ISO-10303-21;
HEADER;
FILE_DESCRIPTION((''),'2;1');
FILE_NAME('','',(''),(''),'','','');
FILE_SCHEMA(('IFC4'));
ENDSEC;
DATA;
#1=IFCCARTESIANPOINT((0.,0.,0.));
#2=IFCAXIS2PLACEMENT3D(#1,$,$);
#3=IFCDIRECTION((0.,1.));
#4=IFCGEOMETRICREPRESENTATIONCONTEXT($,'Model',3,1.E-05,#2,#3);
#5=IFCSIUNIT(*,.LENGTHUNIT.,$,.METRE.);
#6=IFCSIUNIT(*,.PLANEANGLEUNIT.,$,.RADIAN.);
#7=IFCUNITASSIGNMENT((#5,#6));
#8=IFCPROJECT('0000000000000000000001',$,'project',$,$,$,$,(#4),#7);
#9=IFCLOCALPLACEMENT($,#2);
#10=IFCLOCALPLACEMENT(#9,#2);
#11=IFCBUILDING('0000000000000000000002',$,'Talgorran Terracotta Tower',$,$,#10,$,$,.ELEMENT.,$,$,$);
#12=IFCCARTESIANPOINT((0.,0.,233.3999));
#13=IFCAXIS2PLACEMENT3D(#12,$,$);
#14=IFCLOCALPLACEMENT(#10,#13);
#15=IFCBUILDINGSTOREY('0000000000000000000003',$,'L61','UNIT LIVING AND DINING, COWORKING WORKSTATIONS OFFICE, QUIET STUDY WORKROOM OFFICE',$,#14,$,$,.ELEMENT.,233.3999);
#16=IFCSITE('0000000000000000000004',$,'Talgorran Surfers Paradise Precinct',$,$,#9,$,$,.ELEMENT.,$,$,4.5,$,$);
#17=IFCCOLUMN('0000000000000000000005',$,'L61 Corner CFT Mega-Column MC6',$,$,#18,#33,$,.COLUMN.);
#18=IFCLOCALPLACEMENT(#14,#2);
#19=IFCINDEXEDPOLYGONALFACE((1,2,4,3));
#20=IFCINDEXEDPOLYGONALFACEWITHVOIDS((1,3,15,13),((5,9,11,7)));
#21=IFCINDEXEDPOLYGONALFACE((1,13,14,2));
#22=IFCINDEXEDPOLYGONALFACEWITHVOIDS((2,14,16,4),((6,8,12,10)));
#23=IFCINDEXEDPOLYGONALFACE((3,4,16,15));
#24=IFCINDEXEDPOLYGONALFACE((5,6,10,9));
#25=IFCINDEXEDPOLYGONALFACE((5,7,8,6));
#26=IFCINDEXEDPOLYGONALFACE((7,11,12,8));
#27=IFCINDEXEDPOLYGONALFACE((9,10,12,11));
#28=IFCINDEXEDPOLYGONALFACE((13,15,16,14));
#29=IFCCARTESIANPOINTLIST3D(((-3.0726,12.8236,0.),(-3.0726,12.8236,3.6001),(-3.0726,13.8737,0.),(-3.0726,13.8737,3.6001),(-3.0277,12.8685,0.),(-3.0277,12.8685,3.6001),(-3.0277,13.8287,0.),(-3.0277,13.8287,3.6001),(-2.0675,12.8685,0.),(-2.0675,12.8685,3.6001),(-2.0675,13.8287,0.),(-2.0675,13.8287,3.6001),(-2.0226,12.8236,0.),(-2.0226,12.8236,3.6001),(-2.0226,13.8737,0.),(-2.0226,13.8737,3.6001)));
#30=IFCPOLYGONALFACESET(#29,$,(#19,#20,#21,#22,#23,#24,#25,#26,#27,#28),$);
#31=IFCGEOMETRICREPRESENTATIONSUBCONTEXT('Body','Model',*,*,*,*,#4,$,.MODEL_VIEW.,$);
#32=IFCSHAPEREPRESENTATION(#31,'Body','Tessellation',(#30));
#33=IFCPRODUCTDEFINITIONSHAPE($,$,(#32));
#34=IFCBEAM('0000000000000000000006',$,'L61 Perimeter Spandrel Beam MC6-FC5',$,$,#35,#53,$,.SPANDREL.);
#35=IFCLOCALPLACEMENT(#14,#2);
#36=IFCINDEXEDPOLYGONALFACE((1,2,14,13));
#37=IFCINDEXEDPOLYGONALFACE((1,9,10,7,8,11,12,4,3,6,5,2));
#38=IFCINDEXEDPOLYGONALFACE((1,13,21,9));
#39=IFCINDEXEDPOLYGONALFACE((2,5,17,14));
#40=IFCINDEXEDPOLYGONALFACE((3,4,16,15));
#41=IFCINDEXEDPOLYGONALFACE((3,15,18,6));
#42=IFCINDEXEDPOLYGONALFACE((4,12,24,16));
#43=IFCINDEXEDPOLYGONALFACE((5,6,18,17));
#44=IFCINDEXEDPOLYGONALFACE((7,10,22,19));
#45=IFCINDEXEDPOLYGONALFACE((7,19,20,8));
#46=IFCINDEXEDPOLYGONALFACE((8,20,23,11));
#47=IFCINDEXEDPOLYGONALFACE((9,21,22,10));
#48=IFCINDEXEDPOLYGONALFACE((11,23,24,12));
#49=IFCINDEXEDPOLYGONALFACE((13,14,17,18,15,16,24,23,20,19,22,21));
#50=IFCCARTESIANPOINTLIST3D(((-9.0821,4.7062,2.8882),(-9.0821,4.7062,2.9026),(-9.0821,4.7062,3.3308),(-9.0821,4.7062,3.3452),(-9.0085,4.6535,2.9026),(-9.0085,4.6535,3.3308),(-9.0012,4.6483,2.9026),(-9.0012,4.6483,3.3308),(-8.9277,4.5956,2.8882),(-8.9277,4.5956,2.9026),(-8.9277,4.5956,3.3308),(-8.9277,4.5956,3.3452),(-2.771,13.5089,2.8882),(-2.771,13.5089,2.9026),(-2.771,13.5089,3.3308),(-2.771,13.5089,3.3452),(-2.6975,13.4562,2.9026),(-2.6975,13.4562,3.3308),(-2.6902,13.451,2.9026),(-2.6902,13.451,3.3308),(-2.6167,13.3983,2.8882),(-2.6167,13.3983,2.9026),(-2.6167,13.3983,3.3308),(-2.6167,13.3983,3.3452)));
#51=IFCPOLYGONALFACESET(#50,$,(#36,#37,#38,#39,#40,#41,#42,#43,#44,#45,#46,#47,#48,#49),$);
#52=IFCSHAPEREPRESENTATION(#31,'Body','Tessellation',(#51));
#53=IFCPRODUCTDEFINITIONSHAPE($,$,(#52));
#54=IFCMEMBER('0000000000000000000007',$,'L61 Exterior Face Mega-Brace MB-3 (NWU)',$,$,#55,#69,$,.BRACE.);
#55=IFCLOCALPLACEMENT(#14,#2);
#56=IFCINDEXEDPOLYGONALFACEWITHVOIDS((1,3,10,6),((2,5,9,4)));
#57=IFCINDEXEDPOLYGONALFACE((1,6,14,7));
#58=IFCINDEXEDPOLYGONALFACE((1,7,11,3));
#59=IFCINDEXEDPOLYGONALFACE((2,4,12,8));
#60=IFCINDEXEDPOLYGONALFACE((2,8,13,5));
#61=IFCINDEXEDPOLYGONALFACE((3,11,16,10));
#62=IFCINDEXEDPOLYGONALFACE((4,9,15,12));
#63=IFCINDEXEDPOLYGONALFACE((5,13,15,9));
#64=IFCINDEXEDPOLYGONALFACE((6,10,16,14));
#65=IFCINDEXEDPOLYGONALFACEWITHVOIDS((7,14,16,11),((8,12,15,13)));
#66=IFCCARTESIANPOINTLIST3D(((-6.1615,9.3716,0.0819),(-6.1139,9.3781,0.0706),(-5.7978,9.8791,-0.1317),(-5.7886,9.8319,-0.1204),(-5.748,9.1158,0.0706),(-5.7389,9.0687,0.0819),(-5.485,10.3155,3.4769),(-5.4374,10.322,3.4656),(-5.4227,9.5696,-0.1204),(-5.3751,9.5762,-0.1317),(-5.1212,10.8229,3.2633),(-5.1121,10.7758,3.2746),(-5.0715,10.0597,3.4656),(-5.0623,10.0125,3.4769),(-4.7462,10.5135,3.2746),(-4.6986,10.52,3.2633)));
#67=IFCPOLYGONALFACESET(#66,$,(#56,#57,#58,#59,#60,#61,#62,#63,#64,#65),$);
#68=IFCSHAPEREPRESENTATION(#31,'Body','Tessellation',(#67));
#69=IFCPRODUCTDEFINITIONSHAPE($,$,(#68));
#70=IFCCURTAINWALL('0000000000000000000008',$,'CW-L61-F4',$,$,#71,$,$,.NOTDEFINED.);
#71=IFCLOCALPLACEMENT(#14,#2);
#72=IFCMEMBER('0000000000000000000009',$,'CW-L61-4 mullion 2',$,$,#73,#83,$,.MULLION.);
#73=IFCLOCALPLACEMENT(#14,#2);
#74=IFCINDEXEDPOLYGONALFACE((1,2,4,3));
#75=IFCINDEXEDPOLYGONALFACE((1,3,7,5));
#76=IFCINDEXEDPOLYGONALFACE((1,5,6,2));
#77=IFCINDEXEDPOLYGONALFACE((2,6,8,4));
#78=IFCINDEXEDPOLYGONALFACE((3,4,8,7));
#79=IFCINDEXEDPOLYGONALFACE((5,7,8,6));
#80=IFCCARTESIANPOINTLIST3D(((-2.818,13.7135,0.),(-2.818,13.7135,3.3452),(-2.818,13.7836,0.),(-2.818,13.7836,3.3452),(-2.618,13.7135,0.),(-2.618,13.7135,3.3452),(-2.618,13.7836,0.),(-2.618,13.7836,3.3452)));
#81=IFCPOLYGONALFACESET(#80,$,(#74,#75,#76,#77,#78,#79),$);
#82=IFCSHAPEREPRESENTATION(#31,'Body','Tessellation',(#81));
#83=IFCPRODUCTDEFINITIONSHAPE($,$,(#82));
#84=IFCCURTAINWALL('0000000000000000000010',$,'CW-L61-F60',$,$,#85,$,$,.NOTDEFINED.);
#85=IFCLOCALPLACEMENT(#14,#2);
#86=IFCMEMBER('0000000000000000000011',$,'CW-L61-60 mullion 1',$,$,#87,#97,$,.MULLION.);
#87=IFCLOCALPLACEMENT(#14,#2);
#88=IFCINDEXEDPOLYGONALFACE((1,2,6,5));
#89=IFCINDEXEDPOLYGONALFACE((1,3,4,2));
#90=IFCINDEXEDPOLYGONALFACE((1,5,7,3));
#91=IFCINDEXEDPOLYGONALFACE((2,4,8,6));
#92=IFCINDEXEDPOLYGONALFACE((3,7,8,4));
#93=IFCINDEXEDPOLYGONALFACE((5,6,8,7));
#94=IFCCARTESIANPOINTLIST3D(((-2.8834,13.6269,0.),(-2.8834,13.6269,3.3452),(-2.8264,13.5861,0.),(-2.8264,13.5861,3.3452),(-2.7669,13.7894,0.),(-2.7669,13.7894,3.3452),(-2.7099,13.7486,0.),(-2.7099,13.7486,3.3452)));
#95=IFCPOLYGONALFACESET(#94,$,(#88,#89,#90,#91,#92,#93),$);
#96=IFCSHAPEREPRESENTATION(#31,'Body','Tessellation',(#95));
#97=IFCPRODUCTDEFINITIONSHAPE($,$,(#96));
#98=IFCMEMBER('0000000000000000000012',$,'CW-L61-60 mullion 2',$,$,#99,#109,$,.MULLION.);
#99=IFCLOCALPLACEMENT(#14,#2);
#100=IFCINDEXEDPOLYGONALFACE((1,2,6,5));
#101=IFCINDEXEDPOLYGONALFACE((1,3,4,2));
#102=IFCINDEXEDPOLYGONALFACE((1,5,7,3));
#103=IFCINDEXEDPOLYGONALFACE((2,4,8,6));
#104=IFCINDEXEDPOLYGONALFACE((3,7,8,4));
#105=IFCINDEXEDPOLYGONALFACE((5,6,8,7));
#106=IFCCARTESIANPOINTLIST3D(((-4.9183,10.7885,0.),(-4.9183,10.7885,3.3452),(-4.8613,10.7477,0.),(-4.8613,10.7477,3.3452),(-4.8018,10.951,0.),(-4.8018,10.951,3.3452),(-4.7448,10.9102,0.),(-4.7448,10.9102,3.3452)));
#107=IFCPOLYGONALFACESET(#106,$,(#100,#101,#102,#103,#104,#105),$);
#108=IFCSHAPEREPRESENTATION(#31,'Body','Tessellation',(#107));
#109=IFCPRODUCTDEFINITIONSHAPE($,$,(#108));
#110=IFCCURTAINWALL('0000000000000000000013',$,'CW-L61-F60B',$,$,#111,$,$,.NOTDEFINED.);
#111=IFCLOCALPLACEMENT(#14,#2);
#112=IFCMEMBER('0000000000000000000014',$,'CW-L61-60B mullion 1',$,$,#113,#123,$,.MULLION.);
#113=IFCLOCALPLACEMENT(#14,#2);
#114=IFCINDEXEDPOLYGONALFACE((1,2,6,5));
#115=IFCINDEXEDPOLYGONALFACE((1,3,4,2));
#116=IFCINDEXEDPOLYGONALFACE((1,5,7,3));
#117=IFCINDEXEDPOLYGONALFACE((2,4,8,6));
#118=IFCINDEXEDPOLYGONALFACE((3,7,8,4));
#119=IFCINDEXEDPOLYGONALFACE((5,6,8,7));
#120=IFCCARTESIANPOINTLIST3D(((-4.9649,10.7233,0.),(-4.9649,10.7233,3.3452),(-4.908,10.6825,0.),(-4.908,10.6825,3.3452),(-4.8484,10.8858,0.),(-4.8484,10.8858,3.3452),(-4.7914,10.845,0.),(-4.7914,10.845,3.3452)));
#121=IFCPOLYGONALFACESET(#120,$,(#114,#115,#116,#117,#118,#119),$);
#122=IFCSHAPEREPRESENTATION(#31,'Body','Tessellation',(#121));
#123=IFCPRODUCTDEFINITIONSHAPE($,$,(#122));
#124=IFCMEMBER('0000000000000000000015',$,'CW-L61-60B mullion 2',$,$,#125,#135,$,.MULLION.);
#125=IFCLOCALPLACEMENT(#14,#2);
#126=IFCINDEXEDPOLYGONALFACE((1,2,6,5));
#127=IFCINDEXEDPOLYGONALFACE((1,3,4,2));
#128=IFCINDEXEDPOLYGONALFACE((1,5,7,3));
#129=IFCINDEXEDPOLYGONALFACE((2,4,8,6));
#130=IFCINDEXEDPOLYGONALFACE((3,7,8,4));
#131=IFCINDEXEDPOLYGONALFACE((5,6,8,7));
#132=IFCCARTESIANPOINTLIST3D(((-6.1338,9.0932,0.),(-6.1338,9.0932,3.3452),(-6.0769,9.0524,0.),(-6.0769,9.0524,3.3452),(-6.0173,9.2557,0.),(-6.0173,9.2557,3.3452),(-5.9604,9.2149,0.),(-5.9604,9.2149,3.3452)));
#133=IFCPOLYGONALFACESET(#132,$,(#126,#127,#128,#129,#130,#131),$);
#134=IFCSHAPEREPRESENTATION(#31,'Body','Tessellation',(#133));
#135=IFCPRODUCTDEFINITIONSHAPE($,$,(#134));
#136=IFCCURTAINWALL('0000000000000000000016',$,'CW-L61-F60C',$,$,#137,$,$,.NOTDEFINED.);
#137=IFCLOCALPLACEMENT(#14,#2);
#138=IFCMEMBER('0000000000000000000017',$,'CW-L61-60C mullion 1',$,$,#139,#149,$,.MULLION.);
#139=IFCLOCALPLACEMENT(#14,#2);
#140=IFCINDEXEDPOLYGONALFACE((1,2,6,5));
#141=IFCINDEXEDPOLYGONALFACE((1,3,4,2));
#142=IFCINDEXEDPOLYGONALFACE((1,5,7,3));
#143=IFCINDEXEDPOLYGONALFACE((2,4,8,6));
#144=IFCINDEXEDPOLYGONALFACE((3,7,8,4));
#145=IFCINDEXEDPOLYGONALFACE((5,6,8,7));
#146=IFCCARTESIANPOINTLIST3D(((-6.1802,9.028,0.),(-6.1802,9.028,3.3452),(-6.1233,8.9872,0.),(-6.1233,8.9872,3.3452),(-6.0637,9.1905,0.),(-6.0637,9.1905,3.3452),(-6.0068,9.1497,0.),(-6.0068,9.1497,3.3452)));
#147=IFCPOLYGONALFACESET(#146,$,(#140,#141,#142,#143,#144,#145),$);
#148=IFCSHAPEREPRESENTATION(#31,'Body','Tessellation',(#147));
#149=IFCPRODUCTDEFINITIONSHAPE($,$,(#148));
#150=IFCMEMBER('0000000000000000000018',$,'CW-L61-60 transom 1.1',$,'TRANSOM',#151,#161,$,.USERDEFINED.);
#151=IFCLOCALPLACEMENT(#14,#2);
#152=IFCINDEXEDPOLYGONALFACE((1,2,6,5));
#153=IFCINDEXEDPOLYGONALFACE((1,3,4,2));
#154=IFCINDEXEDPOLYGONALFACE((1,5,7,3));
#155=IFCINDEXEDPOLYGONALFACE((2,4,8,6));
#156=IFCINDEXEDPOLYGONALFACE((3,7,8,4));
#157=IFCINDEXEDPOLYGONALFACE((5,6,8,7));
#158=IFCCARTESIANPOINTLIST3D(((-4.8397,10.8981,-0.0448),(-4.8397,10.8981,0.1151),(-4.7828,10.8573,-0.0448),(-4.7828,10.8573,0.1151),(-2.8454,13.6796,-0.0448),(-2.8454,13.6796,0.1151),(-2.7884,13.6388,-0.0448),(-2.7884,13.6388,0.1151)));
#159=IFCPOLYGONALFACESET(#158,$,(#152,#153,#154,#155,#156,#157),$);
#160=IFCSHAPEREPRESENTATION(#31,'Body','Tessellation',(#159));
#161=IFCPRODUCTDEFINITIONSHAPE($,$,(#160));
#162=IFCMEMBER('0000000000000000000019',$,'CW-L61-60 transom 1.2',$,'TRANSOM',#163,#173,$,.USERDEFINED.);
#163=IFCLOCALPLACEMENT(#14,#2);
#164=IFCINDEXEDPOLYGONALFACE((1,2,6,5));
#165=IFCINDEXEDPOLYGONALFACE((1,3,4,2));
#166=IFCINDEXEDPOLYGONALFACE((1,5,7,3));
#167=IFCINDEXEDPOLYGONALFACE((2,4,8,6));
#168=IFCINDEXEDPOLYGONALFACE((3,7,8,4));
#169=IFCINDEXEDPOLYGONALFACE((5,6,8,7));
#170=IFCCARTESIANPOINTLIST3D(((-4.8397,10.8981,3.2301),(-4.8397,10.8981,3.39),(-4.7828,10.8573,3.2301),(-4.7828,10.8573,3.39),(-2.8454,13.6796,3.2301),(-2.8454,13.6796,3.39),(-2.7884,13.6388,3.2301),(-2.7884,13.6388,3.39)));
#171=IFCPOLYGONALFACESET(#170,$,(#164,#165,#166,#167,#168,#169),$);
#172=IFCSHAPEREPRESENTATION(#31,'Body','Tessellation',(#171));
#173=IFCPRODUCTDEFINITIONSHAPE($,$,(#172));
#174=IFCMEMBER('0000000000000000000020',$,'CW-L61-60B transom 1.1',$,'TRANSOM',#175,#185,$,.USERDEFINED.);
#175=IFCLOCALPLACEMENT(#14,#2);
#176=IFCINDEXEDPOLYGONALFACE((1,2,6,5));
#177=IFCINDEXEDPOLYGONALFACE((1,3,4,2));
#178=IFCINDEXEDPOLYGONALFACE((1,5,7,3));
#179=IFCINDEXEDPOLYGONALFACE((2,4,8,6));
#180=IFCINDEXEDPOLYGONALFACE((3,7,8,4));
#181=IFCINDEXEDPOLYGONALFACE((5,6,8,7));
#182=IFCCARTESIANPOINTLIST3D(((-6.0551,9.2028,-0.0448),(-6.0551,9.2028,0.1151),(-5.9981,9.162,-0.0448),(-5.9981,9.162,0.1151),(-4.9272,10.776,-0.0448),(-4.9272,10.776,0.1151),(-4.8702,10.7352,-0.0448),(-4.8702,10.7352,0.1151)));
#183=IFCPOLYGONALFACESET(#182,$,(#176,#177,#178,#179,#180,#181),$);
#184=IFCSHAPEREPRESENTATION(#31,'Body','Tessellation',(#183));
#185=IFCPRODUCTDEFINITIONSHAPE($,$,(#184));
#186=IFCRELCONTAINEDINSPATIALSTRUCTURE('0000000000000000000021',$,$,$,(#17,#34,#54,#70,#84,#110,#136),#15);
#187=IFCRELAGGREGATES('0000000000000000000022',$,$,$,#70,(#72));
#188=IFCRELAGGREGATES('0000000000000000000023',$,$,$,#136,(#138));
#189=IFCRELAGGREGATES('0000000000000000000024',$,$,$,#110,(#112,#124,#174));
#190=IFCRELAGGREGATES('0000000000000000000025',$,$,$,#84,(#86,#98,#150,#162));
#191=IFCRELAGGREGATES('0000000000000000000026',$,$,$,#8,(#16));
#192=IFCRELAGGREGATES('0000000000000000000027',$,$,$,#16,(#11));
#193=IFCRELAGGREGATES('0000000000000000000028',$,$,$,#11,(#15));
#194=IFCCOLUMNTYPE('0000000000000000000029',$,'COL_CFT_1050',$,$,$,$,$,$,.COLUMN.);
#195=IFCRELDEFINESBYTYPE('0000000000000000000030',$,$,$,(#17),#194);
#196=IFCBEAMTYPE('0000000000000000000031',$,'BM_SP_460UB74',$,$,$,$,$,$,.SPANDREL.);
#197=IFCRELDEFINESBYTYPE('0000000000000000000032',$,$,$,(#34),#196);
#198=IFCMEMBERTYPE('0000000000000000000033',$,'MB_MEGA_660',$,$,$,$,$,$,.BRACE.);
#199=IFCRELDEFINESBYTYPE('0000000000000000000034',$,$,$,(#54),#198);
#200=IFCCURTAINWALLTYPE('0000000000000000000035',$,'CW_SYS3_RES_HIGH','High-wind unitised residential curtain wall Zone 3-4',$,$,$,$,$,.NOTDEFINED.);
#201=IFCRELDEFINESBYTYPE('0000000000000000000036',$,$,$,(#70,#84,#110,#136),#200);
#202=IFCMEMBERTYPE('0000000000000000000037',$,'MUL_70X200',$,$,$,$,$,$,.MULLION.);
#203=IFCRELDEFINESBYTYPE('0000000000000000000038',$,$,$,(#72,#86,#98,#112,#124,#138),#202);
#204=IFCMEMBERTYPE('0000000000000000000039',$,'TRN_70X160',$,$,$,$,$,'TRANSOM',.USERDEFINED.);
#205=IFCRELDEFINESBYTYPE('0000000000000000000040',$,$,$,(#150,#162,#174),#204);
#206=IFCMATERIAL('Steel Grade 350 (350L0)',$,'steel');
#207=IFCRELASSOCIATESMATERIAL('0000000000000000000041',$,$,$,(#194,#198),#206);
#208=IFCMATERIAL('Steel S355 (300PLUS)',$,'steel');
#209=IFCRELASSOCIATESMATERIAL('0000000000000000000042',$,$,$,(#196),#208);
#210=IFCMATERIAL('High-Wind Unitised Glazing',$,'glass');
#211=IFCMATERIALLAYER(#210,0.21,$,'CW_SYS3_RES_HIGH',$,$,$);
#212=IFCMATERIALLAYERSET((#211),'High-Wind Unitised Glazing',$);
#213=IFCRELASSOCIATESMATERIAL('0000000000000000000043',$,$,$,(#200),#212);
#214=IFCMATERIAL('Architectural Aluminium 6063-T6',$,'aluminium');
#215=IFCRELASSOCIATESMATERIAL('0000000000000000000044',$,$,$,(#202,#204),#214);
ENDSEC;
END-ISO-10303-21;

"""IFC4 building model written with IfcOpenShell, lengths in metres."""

from ifc_helpers import new_model, si_unit, direction, frame, origin, origin_2d, place, context, subcontext, project, spatial, rectangle, hollow_rectangle, i_section, extrude, material, layer, layer_set, material_profile, profile_set, type_object, element, aggregate, save


model = new_model("IFC4")

# Units and contexts
model_context = context("Model", 3, precision=1e-05, world=origin(), true_north=direction((0.0, 1.0)))
body_context = subcontext(model_context, "Body", "Model", "MODEL_VIEW")
ifc_project = project(units=[si_unit("LENGTHUNIT", "METRE"), si_unit("PLANEANGLEUNIT", "RADIAN")], contexts=[model_context])

# Site, building, storey
site_placement = place(None, origin())
site = spatial("IfcSite", under=ifc_project, at=site_placement, Name="Talgorran Surfers Paradise Precinct", CompositionType="ELEMENT", RefElevation=4.5)
building_placement = place(site_placement, origin())
building = spatial("IfcBuilding", under=site, at=building_placement, Name="Talgorran Terracotta Tower", CompositionType="ELEMENT")
storey_placement = place(building_placement, frame((0.0, 0.0, 233.3999)))
storey = spatial("IfcBuildingStorey", under=building, at=storey_placement, Name="L61", Description="UNIT LIVING AND DINING, COWORKING WORKSTATIONS OFFICE, QUIET STUDY WORKROOM OFFICE", CompositionType="ELEMENT", Elevation=233.3999)

# Column
ifc_material_1 = material(Name="Steel Grade 350 (350L0)", Category="steel")
ifc_material_profile_1 = material_profile(ifc_material_1, hollow_rectangle(XDim=1.05, YDim=1.05, WallThickness=0.0449, at=origin_2d()), Name="CFT1050X1050X45")
ifc_profile_set_1 = profile_set([ifc_material_profile_1], Name="Steel Grade 350 (350L0)")
column_type = type_object("IfcColumnType", Name="COL_CFT_1050", PredefinedType="COLUMN", material=ifc_profile_set_1)
column_placement = place(storey_placement, frame((-2.5476, 13.3486, 0.0), z_axis=(0.0, 0.0, 1.0), x_axis=(1.0, 0.0, 0.0)))
element("IfcColumn", 1, at=column_placement, inside=storey, type_object=column_type, Name="L61 Corner CFT Mega-Column MC6", PredefinedType="COLUMN", context=body_context, shape_type="SweptSolid", body=[
    extrude(hollow_rectangle(XDim=1.05, YDim=1.05, WallThickness=0.0449, at=origin_2d()), origin(), (0.0, 0.0, 1.0), 3.6001),
])

# Beam
ifc_material_2 = material(Name="Steel S355 (300PLUS)", Category="steel")
ifc_material_profile_2 = material_profile(ifc_material_2, i_section(OverallWidth=0.1899, OverallDepth=0.457, WebThickness=0.009, FlangeThickness=0.0144, at=origin_2d()), Name="460UB74.6")
ifc_profile_set_2 = profile_set([ifc_material_profile_2], Name="Steel S355 (300PLUS)")
beam_type = type_object("IfcBeamType", Name="BM_SP_460UB74", PredefinedType="SPANDREL", material=ifc_profile_set_2)
beam_placement = place(storey_placement, frame((-2.6938, 13.4536, 3.1167), z_axis=(-0.582666, -0.812712, 0.0), x_axis=(0.812712, -0.582666, 0.0)))
element("IfcBeam", 2, at=beam_placement, inside=storey, type_object=beam_type, Name="L61 Perimeter Spandrel Beam MC6-FC5", PredefinedType="SPANDREL", context=body_context, shape_type="SweptSolid", body=[
    extrude(i_section(OverallWidth=0.1899, OverallDepth=0.457, WebThickness=0.009, FlangeThickness=0.0144, at=origin_2d()), origin(), (0.0, 0.0, 1.0), 10.8313),
])

# Member
ifc_material_profile_3 = material_profile(ifc_material_1, hollow_rectangle(XDim=0.52, YDim=0.6599, WallThickness=0.0349, at=origin_2d()), Name="WBOX660X520X35")
ifc_profile_set_3 = profile_set([ifc_material_profile_3], Name="Steel Grade 350 (350L0)")
member_type_1 = type_object("IfcMemberType", Name="MB_MEGA_660", PredefinedType="BRACE", material=ifc_profile_set_3)
member_1_placement = place(storey_placement, frame((-5.7683, 9.4739, -0.0249), z_axis=(0.188542, 0.263047, 0.946181), x_axis=(-0.812781, 0.58257, 0.0)))
element("IfcMember", 3, at=member_1_placement, inside=storey, type_object=member_type_1, Name="L61 Exterior Face Mega-Brace MB-3 (NWU)", PredefinedType="BRACE", context=body_context, shape_type="SweptSolid", body=[
    extrude(hollow_rectangle(XDim=0.52, YDim=0.6599, WallThickness=0.0349, at=origin_2d()), origin(), (0.0, 0.0, 1.0), 3.5881),
])

# Curtain wall, member
ifc_material_3 = material(Name="High-Wind Unitised Glazing", Category="glass")
ifc_layer_1 = layer(ifc_material_3, 0.21, Name="CW_SYS3_RES_HIGH")
ifc_layer_set_1 = layer_set([ifc_layer_1], Name="High-Wind Unitised Glazing")
curtain_wall_type = type_object("IfcCurtainWallType", Name="CW_SYS3_RES_HIGH", Description="High-wind unitised residential curtain wall Zone 3-4", PredefinedType="NOTDEFINED", material=ifc_layer_set_1)
curtain_wall_1_placement = place(storey_placement, origin())
curtain_wall_1 = element("IfcCurtainWall", 4, at=curtain_wall_1_placement, inside=storey, type_object=curtain_wall_type, Name="CW-L61-F4", PredefinedType="NOTDEFINED")
ifc_material_4 = material(Name="Architectural Aluminium 6063-T6", Category="aluminium")
ifc_material_profile_4 = material_profile(ifc_material_4, rectangle(XDim=0.0701, YDim=0.2, at=origin_2d()), Name="CWM70X200")
ifc_profile_set_4 = profile_set([ifc_material_profile_4], Name="Architectural Aluminium 6063-T6")
member_type_2 = type_object("IfcMemberType", Name="MUL_70X200", PredefinedType="MULLION", material=ifc_profile_set_4)
member_2_placement = place(storey_placement, frame((-2.718, 13.7485, 0.0), z_axis=(0.0, 0.0, 1.0), x_axis=(0.0, -1.0, 0.0)))
member_2 = element("IfcMember", 5, at=member_2_placement, type_object=member_type_2, Name="CW-L61-4 mullion 2", PredefinedType="MULLION", context=body_context, shape_type="SweptSolid", body=[
    extrude(rectangle(XDim=0.0701, YDim=0.2, at=origin_2d()), origin(), (0.0, 0.0, 1.0), 3.3452),
])
aggregate(curtain_wall_1, [member_2])

# Curtain walls, members
curtain_wall_2_placement = place(storey_placement, origin())
curtain_wall_2 = element("IfcCurtainWall", 6, at=curtain_wall_2_placement, inside=storey, type_object=curtain_wall_type, Name="CW-L61-F60", PredefinedType="NOTDEFINED")
member_3_placement = place(storey_placement, frame((-2.7966, 13.6877, 0.0), z_axis=(0.0, 0.0, 1.0), x_axis=(0.812706, -0.582674, 0.0)))
member_3 = element("IfcMember", 7, at=member_3_placement, type_object=member_type_2, Name="CW-L61-60 mullion 1", PredefinedType="MULLION", context=body_context, shape_type="SweptSolid", body=[
    extrude(rectangle(XDim=0.0701, YDim=0.2, at=origin_2d()), origin(), (0.0, 0.0, 1.0), 3.3452),
])
member_4_placement = place(storey_placement, frame((-4.8315, 10.8494, 0.0), z_axis=(0.0, 0.0, 1.0), x_axis=(0.812706, -0.582674, 0.0)))
member_4 = element("IfcMember", 8, at=member_4_placement, type_object=member_type_2, Name="CW-L61-60 mullion 2", PredefinedType="MULLION", context=body_context, shape_type="SweptSolid", body=[
    extrude(rectangle(XDim=0.0701, YDim=0.2, at=origin_2d()), origin(), (0.0, 0.0, 1.0), 3.3452),
])
curtain_wall_3_placement = place(storey_placement, origin())
curtain_wall_3 = element("IfcCurtainWall", 9, at=curtain_wall_3_placement, inside=storey, type_object=curtain_wall_type, Name="CW-L61-F60B", PredefinedType="NOTDEFINED")
member_5_placement = place(storey_placement, frame((-4.8782, 10.7842, 0.0), z_axis=(0.0, 0.0, 1.0), x_axis=(0.8127, -0.582682, 0.0)))
member_5 = element("IfcMember", 10, at=member_5_placement, type_object=member_type_2, Name="CW-L61-60B mullion 1", PredefinedType="MULLION", context=body_context, shape_type="SweptSolid", body=[
    extrude(rectangle(XDim=0.0701, YDim=0.2, at=origin_2d()), origin(), (0.0, 0.0, 1.0), 3.3452),
])
member_6_placement = place(storey_placement, frame((-6.0471, 9.1541, 0.0), z_axis=(0.0, 0.0, 1.0), x_axis=(0.8127, -0.582682, 0.0)))
member_6 = element("IfcMember", 11, at=member_6_placement, type_object=member_type_2, Name="CW-L61-60B mullion 2", PredefinedType="MULLION", context=body_context, shape_type="SweptSolid", body=[
    extrude(rectangle(XDim=0.0701, YDim=0.2, at=origin_2d()), origin(), (0.0, 0.0, 1.0), 3.3452),
])

# Curtain wall, member
curtain_wall_4_placement = place(storey_placement, origin())
curtain_wall_4 = element("IfcCurtainWall", 12, at=curtain_wall_4_placement, inside=storey, type_object=curtain_wall_type, Name="CW-L61-F60C", PredefinedType="NOTDEFINED")
member_7_placement = place(storey_placement, frame((-6.0935, 9.0889, 0.0), z_axis=(0.0, 0.0, 1.0), x_axis=(0.81271, -0.582669, 0.0)))
member_7 = element("IfcMember", 13, at=member_7_placement, type_object=member_type_2, Name="CW-L61-60C mullion 1", PredefinedType="MULLION", context=body_context, shape_type="SweptSolid", body=[
    extrude(rectangle(XDim=0.0701, YDim=0.2, at=origin_2d()), origin(), (0.0, 0.0, 1.0), 3.3452),
])

# Members
ifc_material_profile_5 = material_profile(ifc_material_4, rectangle(XDim=0.0701, YDim=0.1599, at=origin_2d()), Name="CWT70X160")
ifc_profile_set_5 = profile_set([ifc_material_profile_5], Name="Architectural Aluminium 6063-T6")
member_type_3 = type_object("IfcMemberType", Name="TRN_70X160", ElementType="TRANSOM", PredefinedType="USERDEFINED", material=ifc_profile_set_5)
member_8_placement = place(storey_placement, frame((-2.8169, 13.6592, 0.0352), z_axis=(-0.582708, -0.812681, 0.0), x_axis=(0.812681, -0.582708, 0.0)))
member_8 = element("IfcMember", 14, at=member_8_placement, type_object=member_type_3, Name="CW-L61-60 transom 1.1", ObjectType="TRANSOM", PredefinedType="USERDEFINED", context=body_context, shape_type="SweptSolid", body=[
    extrude(rectangle(XDim=0.0701, YDim=0.1599, at=origin_2d()), origin(), (0.0, 0.0, 1.0), 3.4226),
])
member_9_placement = place(storey_placement, frame((-2.8169, 13.6592, 3.3101), z_axis=(-0.582708, -0.812681, 0.0), x_axis=(0.812681, -0.582708, 0.0)))
member_9 = element("IfcMember", 15, at=member_9_placement, type_object=member_type_3, Name="CW-L61-60 transom 1.2", ObjectType="TRANSOM", PredefinedType="USERDEFINED", context=body_context, shape_type="SweptSolid", body=[
    extrude(rectangle(XDim=0.0701, YDim=0.1599, at=origin_2d()), origin(), (0.0, 0.0, 1.0), 3.4226),
])
member_10_placement = place(storey_placement, frame((-4.8987, 10.7556, 0.0352), z_axis=(-0.582669, -0.81271, 0.0), x_axis=(0.81271, -0.582669, 0.0)))
member_10 = element("IfcMember", 16, at=member_10_placement, type_object=member_type_3, Name="CW-L61-60B transom 1.1", ObjectType="TRANSOM", PredefinedType="USERDEFINED", context=body_context, shape_type="SweptSolid", body=[
    extrude(rectangle(XDim=0.0701, YDim=0.1599, at=origin_2d()), origin(), (0.0, 0.0, 1.0), 1.9358),
])
aggregate(curtain_wall_4, [member_7])

aggregate(curtain_wall_3, [member_5, member_6, member_10])
aggregate(curtain_wall_2, [member_3, member_4, member_8, member_9])

save(model, "model.ifc")
